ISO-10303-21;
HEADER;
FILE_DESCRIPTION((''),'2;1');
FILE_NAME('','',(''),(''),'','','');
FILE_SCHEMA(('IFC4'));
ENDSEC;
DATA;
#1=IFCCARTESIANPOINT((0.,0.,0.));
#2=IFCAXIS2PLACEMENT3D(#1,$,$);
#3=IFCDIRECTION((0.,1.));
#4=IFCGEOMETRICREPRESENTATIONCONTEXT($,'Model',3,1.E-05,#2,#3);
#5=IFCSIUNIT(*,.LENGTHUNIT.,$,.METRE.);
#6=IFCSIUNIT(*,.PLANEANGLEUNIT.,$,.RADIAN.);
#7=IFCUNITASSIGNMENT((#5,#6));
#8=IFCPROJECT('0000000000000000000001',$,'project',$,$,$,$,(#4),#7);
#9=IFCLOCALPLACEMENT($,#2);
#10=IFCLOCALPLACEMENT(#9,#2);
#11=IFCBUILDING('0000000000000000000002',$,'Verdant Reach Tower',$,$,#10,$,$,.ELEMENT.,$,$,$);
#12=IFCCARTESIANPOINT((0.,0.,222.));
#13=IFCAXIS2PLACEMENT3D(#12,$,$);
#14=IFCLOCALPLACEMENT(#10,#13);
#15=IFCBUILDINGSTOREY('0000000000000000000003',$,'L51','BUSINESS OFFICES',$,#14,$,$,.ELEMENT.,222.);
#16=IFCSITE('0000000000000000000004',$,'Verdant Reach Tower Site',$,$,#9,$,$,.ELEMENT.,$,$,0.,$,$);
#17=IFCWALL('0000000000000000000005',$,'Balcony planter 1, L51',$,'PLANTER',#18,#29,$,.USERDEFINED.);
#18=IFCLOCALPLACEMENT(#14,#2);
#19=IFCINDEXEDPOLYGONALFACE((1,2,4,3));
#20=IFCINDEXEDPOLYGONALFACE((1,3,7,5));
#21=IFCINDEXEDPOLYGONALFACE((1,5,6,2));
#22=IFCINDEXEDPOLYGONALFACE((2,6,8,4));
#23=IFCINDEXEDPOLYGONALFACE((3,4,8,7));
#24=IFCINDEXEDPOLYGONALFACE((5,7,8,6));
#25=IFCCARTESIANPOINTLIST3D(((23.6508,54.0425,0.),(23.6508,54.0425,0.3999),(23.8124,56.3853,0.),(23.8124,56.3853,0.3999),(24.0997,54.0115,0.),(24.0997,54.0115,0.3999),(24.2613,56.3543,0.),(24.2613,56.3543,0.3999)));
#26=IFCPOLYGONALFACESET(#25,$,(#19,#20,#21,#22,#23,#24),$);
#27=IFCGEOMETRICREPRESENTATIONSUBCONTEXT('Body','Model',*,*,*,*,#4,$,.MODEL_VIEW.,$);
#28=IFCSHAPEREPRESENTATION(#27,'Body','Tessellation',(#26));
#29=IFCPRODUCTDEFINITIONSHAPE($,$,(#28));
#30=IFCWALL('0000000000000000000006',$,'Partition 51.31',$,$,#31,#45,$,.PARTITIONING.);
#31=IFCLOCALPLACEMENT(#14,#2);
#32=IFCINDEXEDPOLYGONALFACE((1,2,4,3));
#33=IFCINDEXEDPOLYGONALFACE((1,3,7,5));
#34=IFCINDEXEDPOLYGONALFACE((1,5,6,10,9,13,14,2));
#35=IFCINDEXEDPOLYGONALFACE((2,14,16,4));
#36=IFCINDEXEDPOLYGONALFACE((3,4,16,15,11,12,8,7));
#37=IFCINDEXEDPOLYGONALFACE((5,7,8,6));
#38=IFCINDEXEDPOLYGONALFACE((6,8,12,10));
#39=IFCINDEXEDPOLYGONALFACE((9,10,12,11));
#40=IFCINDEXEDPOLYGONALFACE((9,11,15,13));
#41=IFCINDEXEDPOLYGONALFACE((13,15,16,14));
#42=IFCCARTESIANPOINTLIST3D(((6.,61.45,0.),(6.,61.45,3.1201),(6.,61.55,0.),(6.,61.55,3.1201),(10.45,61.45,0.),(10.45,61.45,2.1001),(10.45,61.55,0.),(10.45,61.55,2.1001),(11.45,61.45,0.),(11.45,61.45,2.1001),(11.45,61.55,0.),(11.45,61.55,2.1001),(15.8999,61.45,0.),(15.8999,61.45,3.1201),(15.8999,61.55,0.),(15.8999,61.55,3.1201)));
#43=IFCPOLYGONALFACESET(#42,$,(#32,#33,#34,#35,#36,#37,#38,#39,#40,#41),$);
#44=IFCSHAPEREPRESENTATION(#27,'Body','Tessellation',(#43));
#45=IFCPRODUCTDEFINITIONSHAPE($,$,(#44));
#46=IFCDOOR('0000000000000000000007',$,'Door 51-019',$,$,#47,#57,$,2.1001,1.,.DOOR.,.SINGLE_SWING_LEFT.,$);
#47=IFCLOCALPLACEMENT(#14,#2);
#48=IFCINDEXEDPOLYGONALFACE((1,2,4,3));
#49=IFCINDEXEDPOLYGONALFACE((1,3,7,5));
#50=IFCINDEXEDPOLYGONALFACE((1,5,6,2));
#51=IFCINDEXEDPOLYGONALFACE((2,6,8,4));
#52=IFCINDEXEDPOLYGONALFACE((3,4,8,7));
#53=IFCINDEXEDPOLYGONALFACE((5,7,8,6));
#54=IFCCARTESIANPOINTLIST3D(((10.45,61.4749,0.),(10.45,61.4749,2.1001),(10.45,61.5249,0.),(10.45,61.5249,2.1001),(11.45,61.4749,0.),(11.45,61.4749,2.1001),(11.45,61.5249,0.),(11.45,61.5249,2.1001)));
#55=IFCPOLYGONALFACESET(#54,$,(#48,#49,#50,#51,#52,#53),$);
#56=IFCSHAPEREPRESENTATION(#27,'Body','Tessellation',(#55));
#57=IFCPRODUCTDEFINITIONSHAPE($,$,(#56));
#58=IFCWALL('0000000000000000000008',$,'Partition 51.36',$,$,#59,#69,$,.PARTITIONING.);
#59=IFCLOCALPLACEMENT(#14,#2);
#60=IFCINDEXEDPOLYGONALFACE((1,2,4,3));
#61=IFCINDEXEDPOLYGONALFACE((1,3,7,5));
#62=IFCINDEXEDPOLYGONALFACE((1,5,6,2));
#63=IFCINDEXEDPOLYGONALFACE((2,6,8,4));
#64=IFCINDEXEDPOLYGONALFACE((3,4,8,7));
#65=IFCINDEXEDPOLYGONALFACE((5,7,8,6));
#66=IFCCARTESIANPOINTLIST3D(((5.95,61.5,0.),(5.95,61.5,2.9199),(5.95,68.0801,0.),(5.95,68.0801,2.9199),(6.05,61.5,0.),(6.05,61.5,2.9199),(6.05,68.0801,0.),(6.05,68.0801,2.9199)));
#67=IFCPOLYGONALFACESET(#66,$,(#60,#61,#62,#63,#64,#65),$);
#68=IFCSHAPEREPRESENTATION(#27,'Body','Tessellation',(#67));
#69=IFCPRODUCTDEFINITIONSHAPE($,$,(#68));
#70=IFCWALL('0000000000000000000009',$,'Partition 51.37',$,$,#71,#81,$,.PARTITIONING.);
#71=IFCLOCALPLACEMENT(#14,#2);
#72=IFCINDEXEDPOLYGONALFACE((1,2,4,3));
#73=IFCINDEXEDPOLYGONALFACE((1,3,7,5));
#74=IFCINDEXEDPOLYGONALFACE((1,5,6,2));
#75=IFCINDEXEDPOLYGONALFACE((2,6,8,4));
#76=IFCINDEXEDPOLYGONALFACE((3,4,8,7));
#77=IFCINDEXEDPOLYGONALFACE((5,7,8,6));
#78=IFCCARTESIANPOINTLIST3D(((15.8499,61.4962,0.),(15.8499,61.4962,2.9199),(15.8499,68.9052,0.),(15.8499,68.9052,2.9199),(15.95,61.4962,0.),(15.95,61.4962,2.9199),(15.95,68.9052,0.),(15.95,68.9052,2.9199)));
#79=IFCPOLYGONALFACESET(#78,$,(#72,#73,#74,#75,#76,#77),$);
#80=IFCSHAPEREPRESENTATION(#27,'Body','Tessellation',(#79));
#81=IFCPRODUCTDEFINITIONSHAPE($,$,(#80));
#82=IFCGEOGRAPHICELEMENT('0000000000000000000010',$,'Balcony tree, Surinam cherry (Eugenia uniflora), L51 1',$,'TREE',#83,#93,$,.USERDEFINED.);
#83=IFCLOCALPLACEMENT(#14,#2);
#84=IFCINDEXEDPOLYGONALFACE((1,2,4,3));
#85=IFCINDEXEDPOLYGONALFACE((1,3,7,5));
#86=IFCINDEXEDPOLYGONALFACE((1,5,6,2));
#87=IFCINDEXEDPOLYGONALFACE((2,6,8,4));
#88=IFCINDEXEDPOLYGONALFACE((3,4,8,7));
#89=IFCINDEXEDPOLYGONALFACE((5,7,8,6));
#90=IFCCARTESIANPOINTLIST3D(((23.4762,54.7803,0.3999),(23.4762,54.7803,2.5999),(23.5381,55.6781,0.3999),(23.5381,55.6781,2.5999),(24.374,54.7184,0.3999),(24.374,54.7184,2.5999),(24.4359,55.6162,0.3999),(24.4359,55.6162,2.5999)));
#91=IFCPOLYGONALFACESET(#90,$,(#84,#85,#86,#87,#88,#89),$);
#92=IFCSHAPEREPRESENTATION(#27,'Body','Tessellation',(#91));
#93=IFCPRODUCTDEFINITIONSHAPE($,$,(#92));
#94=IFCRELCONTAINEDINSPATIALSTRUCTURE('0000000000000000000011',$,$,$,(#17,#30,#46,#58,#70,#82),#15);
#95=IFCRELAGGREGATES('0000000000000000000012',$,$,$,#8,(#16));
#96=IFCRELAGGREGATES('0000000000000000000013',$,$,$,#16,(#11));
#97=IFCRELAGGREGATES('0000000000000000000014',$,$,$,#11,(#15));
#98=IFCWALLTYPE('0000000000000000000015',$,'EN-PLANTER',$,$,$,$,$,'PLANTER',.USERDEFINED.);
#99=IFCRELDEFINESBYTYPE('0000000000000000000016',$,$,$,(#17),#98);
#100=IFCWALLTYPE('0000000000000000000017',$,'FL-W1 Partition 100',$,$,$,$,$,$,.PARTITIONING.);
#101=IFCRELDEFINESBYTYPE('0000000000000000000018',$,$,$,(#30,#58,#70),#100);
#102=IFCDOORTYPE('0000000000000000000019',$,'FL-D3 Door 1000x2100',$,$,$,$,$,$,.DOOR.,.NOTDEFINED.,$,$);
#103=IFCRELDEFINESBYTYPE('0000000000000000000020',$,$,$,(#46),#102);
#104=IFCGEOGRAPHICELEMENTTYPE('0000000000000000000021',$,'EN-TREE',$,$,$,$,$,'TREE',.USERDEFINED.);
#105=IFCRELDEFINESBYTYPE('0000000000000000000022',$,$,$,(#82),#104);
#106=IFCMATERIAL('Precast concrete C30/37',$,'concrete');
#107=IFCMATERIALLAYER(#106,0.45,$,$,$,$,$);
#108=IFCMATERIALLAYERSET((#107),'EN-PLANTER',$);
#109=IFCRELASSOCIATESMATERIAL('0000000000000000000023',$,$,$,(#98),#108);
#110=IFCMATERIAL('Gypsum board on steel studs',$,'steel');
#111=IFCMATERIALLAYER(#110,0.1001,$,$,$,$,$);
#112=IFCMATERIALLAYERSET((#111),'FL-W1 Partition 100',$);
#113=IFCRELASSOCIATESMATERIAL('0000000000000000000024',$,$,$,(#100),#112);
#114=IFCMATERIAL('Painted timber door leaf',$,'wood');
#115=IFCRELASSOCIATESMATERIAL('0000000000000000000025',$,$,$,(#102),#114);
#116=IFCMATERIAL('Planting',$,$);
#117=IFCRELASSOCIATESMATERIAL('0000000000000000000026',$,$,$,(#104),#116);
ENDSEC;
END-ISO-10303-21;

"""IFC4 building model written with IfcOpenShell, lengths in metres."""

from ifc_helpers import new_model, si_unit, direction, frame, frame_2d, origin, origin_2d, place, context, subcontext, project, spatial, rectangle, extrude, material, layer, layer_set, type_object, element, fill, save


model = new_model("IFC4")

# Units and contexts
model_context = context("Model", 3, precision=1e-05, world=origin(), true_north=direction((0.0, 1.0)))
body_context = subcontext(model_context, "Body", "Model", "MODEL_VIEW")
ifc_project = project(units=[si_unit("LENGTHUNIT", "METRE"), si_unit("PLANEANGLEUNIT", "RADIAN")], contexts=[model_context])

# Site, building, storey
site_placement = place(None, origin())
site = spatial("IfcSite", under=ifc_project, at=site_placement, Name="Verdant Reach Tower Site", CompositionType="ELEMENT", RefElevation=0.0)
building_placement = place(site_placement, origin())
building = spatial("IfcBuilding", under=site, at=building_placement, Name="Verdant Reach Tower", CompositionType="ELEMENT")
storey_placement = place(building_placement, frame((0.0, 0.0, 222.0)))
storey = spatial("IfcBuildingStorey", under=building, at=storey_placement, Name="L51", Description="BUSINESS OFFICES", CompositionType="ELEMENT", Elevation=222.0)

# Wall
ifc_material_1 = material(Name="Precast concrete C30/37", Category="concrete")
ifc_layer_1 = layer(ifc_material_1, 0.45)
ifc_layer_set_1 = layer_set([ifc_layer_1], Name="EN-PLANTER")
wall_type_1 = type_object("IfcWallType", Name="EN-PLANTER", ElementType="PLANTER", PredefinedType="USERDEFINED", material=ifc_layer_set_1)
wall_1_placement = place(storey_placement, frame((23.8752, 54.0269, 0.0), z_axis=(0.0, 0.0, 1.0), x_axis=(0.068823, 0.997629, 0.0)))
element("IfcWall", 1, at=wall_1_placement, inside=storey, type_object=wall_type_1, Name="Balcony planter 1, L51", ObjectType="PLANTER", PredefinedType="USERDEFINED", context=body_context, shape_type="SweptSolid", body=[
    extrude(rectangle(XDim=2.3484, YDim=0.45, at=frame_2d((1.1743, 0.0))), origin(), (0.0, 0.0, 1.0), 0.3999),
])

# Wall, opening, door
ifc_material_2 = material(Name="Gypsum board on steel studs", Category="steel")
ifc_layer_2 = layer(ifc_material_2, 0.1001)
ifc_layer_set_2 = layer_set([ifc_layer_2], Name="FL-W1 Partition 100")
wall_type_2 = type_object("IfcWallType", Name="FL-W1 Partition 100", PredefinedType="PARTITIONING", material=ifc_layer_set_2)
wall_2_placement = place(storey_placement, frame((6.0, 61.5, 0.0), z_axis=(0.0, 0.0, 1.0), x_axis=(1.0, 0.0, 0.0)))
wall_2 = element("IfcWall", 2, at=wall_2_placement, inside=storey, type_object=wall_type_2, Name="Partition 51.31", PredefinedType="PARTITIONING", context=body_context, shape_type="SweptSolid", body=[
    extrude(rectangle(XDim=9.8999, YDim=0.1001, at=frame_2d((4.95, 0.0))), origin(), (0.0, 0.0, 1.0), 3.1201),
])
opening_1_placement = place(wall_2_placement, frame((4.45, 0.0, 0.0)))
opening_1 = element("IfcOpeningElement", 3, at=opening_1_placement, cuts=wall_2, PredefinedType="OPENING", context=body_context, shape_type="SweptSolid", body=[
    extrude(rectangle(XDim=1.0, YDim=2.1001, at=frame_2d((0.5, 1.05))), frame((0.0, 0.0601, 0.0), z_axis=(0.0, -1.0, 0.0), x_axis=(1.0, 0.0, 0.0)), (0.0, 0.0, 1.0), 0.1201),
])
ifc_material_3 = material(Name="Painted timber door leaf", Category="wood")
door_type_1 = type_object("IfcDoorType", Name="FL-D3 Door 1000x2100", OperationType="NOTDEFINED", PredefinedType="DOOR", material=ifc_material_3)
door_1_placement = place(opening_1_placement, origin())
door_1 = element("IfcDoor", 4, at=door_1_placement, inside=storey, type_object=door_type_1, Name="Door 51-019", OperationType="SINGLE_SWING_LEFT", OverallHeight=2.1001, OverallWidth=1.0, PredefinedType="DOOR", context=body_context, shape_type="SweptSolid", body=[
    extrude(rectangle(XDim=1.0, YDim=2.1001, at=frame_2d((0.5, 1.05))), frame((0.0, 0.0249, 0.0), z_axis=(0.0, -1.0, 0.0), x_axis=(1.0, 0.0, 0.0)), (0.0, 0.0, 1.0), 0.05),
])
fill(opening_1, door_1)

# Walls
wall_3_placement = place(storey_placement, frame((6.0, 61.5, 0.0), z_axis=(0.0, 0.0, 1.0), x_axis=(0.0, 1.0, 0.0)))
element("IfcWall", 5, at=wall_3_placement, inside=storey, type_object=wall_type_2, Name="Partition 51.36", PredefinedType="PARTITIONING", context=body_context, shape_type="SweptSolid", body=[
    extrude(rectangle(XDim=6.5801, YDim=0.1001, at=frame_2d((3.29, 0.0))), origin(), (0.0, 0.0, 1.0), 2.9199),
])
wall_4_placement = place(storey_placement, frame((15.8999, 61.4961, 0.0), z_axis=(0.0, 0.0, 1.0), x_axis=(0.0, 1.0, 0.0)))
element("IfcWall", 6, at=wall_4_placement, inside=storey, type_object=wall_type_2, Name="Partition 51.37", PredefinedType="PARTITIONING", context=body_context, shape_type="SweptSolid", body=[
    extrude(rectangle(XDim=7.4089, YDim=0.1001, at=frame_2d((3.7046, 0.0))), origin(), (0.0, 0.0, 1.0), 2.9199),
])

# Geographic element
ifc_material_4 = material(Name="Planting")
geographic_element_type = type_object("IfcGeographicElementType", Name="EN-TREE", ElementType="TREE", PredefinedType="USERDEFINED", material=ifc_material_4)
geographic_element_placement = place(storey_placement, frame((23.9561, 55.1982, 0.3999), z_axis=(0.0, 0.0, 1.0), x_axis=(0.068802, 0.99763, 0.0)))
element("IfcGeographicElement", 7, at=geographic_element_placement, inside=storey, type_object=geographic_element_type, Name="Balcony tree, Surinam cherry (Eugenia uniflora), L51 1", ObjectType="TREE", PredefinedType="USERDEFINED", context=body_context, shape_type="SweptSolid", body=[
    extrude(rectangle(XDim=0.8999, YDim=0.8999, at=origin_2d()), origin(), (0.0, 0.0, 1.0), 2.2),
])

save(model, "model.ifc")
